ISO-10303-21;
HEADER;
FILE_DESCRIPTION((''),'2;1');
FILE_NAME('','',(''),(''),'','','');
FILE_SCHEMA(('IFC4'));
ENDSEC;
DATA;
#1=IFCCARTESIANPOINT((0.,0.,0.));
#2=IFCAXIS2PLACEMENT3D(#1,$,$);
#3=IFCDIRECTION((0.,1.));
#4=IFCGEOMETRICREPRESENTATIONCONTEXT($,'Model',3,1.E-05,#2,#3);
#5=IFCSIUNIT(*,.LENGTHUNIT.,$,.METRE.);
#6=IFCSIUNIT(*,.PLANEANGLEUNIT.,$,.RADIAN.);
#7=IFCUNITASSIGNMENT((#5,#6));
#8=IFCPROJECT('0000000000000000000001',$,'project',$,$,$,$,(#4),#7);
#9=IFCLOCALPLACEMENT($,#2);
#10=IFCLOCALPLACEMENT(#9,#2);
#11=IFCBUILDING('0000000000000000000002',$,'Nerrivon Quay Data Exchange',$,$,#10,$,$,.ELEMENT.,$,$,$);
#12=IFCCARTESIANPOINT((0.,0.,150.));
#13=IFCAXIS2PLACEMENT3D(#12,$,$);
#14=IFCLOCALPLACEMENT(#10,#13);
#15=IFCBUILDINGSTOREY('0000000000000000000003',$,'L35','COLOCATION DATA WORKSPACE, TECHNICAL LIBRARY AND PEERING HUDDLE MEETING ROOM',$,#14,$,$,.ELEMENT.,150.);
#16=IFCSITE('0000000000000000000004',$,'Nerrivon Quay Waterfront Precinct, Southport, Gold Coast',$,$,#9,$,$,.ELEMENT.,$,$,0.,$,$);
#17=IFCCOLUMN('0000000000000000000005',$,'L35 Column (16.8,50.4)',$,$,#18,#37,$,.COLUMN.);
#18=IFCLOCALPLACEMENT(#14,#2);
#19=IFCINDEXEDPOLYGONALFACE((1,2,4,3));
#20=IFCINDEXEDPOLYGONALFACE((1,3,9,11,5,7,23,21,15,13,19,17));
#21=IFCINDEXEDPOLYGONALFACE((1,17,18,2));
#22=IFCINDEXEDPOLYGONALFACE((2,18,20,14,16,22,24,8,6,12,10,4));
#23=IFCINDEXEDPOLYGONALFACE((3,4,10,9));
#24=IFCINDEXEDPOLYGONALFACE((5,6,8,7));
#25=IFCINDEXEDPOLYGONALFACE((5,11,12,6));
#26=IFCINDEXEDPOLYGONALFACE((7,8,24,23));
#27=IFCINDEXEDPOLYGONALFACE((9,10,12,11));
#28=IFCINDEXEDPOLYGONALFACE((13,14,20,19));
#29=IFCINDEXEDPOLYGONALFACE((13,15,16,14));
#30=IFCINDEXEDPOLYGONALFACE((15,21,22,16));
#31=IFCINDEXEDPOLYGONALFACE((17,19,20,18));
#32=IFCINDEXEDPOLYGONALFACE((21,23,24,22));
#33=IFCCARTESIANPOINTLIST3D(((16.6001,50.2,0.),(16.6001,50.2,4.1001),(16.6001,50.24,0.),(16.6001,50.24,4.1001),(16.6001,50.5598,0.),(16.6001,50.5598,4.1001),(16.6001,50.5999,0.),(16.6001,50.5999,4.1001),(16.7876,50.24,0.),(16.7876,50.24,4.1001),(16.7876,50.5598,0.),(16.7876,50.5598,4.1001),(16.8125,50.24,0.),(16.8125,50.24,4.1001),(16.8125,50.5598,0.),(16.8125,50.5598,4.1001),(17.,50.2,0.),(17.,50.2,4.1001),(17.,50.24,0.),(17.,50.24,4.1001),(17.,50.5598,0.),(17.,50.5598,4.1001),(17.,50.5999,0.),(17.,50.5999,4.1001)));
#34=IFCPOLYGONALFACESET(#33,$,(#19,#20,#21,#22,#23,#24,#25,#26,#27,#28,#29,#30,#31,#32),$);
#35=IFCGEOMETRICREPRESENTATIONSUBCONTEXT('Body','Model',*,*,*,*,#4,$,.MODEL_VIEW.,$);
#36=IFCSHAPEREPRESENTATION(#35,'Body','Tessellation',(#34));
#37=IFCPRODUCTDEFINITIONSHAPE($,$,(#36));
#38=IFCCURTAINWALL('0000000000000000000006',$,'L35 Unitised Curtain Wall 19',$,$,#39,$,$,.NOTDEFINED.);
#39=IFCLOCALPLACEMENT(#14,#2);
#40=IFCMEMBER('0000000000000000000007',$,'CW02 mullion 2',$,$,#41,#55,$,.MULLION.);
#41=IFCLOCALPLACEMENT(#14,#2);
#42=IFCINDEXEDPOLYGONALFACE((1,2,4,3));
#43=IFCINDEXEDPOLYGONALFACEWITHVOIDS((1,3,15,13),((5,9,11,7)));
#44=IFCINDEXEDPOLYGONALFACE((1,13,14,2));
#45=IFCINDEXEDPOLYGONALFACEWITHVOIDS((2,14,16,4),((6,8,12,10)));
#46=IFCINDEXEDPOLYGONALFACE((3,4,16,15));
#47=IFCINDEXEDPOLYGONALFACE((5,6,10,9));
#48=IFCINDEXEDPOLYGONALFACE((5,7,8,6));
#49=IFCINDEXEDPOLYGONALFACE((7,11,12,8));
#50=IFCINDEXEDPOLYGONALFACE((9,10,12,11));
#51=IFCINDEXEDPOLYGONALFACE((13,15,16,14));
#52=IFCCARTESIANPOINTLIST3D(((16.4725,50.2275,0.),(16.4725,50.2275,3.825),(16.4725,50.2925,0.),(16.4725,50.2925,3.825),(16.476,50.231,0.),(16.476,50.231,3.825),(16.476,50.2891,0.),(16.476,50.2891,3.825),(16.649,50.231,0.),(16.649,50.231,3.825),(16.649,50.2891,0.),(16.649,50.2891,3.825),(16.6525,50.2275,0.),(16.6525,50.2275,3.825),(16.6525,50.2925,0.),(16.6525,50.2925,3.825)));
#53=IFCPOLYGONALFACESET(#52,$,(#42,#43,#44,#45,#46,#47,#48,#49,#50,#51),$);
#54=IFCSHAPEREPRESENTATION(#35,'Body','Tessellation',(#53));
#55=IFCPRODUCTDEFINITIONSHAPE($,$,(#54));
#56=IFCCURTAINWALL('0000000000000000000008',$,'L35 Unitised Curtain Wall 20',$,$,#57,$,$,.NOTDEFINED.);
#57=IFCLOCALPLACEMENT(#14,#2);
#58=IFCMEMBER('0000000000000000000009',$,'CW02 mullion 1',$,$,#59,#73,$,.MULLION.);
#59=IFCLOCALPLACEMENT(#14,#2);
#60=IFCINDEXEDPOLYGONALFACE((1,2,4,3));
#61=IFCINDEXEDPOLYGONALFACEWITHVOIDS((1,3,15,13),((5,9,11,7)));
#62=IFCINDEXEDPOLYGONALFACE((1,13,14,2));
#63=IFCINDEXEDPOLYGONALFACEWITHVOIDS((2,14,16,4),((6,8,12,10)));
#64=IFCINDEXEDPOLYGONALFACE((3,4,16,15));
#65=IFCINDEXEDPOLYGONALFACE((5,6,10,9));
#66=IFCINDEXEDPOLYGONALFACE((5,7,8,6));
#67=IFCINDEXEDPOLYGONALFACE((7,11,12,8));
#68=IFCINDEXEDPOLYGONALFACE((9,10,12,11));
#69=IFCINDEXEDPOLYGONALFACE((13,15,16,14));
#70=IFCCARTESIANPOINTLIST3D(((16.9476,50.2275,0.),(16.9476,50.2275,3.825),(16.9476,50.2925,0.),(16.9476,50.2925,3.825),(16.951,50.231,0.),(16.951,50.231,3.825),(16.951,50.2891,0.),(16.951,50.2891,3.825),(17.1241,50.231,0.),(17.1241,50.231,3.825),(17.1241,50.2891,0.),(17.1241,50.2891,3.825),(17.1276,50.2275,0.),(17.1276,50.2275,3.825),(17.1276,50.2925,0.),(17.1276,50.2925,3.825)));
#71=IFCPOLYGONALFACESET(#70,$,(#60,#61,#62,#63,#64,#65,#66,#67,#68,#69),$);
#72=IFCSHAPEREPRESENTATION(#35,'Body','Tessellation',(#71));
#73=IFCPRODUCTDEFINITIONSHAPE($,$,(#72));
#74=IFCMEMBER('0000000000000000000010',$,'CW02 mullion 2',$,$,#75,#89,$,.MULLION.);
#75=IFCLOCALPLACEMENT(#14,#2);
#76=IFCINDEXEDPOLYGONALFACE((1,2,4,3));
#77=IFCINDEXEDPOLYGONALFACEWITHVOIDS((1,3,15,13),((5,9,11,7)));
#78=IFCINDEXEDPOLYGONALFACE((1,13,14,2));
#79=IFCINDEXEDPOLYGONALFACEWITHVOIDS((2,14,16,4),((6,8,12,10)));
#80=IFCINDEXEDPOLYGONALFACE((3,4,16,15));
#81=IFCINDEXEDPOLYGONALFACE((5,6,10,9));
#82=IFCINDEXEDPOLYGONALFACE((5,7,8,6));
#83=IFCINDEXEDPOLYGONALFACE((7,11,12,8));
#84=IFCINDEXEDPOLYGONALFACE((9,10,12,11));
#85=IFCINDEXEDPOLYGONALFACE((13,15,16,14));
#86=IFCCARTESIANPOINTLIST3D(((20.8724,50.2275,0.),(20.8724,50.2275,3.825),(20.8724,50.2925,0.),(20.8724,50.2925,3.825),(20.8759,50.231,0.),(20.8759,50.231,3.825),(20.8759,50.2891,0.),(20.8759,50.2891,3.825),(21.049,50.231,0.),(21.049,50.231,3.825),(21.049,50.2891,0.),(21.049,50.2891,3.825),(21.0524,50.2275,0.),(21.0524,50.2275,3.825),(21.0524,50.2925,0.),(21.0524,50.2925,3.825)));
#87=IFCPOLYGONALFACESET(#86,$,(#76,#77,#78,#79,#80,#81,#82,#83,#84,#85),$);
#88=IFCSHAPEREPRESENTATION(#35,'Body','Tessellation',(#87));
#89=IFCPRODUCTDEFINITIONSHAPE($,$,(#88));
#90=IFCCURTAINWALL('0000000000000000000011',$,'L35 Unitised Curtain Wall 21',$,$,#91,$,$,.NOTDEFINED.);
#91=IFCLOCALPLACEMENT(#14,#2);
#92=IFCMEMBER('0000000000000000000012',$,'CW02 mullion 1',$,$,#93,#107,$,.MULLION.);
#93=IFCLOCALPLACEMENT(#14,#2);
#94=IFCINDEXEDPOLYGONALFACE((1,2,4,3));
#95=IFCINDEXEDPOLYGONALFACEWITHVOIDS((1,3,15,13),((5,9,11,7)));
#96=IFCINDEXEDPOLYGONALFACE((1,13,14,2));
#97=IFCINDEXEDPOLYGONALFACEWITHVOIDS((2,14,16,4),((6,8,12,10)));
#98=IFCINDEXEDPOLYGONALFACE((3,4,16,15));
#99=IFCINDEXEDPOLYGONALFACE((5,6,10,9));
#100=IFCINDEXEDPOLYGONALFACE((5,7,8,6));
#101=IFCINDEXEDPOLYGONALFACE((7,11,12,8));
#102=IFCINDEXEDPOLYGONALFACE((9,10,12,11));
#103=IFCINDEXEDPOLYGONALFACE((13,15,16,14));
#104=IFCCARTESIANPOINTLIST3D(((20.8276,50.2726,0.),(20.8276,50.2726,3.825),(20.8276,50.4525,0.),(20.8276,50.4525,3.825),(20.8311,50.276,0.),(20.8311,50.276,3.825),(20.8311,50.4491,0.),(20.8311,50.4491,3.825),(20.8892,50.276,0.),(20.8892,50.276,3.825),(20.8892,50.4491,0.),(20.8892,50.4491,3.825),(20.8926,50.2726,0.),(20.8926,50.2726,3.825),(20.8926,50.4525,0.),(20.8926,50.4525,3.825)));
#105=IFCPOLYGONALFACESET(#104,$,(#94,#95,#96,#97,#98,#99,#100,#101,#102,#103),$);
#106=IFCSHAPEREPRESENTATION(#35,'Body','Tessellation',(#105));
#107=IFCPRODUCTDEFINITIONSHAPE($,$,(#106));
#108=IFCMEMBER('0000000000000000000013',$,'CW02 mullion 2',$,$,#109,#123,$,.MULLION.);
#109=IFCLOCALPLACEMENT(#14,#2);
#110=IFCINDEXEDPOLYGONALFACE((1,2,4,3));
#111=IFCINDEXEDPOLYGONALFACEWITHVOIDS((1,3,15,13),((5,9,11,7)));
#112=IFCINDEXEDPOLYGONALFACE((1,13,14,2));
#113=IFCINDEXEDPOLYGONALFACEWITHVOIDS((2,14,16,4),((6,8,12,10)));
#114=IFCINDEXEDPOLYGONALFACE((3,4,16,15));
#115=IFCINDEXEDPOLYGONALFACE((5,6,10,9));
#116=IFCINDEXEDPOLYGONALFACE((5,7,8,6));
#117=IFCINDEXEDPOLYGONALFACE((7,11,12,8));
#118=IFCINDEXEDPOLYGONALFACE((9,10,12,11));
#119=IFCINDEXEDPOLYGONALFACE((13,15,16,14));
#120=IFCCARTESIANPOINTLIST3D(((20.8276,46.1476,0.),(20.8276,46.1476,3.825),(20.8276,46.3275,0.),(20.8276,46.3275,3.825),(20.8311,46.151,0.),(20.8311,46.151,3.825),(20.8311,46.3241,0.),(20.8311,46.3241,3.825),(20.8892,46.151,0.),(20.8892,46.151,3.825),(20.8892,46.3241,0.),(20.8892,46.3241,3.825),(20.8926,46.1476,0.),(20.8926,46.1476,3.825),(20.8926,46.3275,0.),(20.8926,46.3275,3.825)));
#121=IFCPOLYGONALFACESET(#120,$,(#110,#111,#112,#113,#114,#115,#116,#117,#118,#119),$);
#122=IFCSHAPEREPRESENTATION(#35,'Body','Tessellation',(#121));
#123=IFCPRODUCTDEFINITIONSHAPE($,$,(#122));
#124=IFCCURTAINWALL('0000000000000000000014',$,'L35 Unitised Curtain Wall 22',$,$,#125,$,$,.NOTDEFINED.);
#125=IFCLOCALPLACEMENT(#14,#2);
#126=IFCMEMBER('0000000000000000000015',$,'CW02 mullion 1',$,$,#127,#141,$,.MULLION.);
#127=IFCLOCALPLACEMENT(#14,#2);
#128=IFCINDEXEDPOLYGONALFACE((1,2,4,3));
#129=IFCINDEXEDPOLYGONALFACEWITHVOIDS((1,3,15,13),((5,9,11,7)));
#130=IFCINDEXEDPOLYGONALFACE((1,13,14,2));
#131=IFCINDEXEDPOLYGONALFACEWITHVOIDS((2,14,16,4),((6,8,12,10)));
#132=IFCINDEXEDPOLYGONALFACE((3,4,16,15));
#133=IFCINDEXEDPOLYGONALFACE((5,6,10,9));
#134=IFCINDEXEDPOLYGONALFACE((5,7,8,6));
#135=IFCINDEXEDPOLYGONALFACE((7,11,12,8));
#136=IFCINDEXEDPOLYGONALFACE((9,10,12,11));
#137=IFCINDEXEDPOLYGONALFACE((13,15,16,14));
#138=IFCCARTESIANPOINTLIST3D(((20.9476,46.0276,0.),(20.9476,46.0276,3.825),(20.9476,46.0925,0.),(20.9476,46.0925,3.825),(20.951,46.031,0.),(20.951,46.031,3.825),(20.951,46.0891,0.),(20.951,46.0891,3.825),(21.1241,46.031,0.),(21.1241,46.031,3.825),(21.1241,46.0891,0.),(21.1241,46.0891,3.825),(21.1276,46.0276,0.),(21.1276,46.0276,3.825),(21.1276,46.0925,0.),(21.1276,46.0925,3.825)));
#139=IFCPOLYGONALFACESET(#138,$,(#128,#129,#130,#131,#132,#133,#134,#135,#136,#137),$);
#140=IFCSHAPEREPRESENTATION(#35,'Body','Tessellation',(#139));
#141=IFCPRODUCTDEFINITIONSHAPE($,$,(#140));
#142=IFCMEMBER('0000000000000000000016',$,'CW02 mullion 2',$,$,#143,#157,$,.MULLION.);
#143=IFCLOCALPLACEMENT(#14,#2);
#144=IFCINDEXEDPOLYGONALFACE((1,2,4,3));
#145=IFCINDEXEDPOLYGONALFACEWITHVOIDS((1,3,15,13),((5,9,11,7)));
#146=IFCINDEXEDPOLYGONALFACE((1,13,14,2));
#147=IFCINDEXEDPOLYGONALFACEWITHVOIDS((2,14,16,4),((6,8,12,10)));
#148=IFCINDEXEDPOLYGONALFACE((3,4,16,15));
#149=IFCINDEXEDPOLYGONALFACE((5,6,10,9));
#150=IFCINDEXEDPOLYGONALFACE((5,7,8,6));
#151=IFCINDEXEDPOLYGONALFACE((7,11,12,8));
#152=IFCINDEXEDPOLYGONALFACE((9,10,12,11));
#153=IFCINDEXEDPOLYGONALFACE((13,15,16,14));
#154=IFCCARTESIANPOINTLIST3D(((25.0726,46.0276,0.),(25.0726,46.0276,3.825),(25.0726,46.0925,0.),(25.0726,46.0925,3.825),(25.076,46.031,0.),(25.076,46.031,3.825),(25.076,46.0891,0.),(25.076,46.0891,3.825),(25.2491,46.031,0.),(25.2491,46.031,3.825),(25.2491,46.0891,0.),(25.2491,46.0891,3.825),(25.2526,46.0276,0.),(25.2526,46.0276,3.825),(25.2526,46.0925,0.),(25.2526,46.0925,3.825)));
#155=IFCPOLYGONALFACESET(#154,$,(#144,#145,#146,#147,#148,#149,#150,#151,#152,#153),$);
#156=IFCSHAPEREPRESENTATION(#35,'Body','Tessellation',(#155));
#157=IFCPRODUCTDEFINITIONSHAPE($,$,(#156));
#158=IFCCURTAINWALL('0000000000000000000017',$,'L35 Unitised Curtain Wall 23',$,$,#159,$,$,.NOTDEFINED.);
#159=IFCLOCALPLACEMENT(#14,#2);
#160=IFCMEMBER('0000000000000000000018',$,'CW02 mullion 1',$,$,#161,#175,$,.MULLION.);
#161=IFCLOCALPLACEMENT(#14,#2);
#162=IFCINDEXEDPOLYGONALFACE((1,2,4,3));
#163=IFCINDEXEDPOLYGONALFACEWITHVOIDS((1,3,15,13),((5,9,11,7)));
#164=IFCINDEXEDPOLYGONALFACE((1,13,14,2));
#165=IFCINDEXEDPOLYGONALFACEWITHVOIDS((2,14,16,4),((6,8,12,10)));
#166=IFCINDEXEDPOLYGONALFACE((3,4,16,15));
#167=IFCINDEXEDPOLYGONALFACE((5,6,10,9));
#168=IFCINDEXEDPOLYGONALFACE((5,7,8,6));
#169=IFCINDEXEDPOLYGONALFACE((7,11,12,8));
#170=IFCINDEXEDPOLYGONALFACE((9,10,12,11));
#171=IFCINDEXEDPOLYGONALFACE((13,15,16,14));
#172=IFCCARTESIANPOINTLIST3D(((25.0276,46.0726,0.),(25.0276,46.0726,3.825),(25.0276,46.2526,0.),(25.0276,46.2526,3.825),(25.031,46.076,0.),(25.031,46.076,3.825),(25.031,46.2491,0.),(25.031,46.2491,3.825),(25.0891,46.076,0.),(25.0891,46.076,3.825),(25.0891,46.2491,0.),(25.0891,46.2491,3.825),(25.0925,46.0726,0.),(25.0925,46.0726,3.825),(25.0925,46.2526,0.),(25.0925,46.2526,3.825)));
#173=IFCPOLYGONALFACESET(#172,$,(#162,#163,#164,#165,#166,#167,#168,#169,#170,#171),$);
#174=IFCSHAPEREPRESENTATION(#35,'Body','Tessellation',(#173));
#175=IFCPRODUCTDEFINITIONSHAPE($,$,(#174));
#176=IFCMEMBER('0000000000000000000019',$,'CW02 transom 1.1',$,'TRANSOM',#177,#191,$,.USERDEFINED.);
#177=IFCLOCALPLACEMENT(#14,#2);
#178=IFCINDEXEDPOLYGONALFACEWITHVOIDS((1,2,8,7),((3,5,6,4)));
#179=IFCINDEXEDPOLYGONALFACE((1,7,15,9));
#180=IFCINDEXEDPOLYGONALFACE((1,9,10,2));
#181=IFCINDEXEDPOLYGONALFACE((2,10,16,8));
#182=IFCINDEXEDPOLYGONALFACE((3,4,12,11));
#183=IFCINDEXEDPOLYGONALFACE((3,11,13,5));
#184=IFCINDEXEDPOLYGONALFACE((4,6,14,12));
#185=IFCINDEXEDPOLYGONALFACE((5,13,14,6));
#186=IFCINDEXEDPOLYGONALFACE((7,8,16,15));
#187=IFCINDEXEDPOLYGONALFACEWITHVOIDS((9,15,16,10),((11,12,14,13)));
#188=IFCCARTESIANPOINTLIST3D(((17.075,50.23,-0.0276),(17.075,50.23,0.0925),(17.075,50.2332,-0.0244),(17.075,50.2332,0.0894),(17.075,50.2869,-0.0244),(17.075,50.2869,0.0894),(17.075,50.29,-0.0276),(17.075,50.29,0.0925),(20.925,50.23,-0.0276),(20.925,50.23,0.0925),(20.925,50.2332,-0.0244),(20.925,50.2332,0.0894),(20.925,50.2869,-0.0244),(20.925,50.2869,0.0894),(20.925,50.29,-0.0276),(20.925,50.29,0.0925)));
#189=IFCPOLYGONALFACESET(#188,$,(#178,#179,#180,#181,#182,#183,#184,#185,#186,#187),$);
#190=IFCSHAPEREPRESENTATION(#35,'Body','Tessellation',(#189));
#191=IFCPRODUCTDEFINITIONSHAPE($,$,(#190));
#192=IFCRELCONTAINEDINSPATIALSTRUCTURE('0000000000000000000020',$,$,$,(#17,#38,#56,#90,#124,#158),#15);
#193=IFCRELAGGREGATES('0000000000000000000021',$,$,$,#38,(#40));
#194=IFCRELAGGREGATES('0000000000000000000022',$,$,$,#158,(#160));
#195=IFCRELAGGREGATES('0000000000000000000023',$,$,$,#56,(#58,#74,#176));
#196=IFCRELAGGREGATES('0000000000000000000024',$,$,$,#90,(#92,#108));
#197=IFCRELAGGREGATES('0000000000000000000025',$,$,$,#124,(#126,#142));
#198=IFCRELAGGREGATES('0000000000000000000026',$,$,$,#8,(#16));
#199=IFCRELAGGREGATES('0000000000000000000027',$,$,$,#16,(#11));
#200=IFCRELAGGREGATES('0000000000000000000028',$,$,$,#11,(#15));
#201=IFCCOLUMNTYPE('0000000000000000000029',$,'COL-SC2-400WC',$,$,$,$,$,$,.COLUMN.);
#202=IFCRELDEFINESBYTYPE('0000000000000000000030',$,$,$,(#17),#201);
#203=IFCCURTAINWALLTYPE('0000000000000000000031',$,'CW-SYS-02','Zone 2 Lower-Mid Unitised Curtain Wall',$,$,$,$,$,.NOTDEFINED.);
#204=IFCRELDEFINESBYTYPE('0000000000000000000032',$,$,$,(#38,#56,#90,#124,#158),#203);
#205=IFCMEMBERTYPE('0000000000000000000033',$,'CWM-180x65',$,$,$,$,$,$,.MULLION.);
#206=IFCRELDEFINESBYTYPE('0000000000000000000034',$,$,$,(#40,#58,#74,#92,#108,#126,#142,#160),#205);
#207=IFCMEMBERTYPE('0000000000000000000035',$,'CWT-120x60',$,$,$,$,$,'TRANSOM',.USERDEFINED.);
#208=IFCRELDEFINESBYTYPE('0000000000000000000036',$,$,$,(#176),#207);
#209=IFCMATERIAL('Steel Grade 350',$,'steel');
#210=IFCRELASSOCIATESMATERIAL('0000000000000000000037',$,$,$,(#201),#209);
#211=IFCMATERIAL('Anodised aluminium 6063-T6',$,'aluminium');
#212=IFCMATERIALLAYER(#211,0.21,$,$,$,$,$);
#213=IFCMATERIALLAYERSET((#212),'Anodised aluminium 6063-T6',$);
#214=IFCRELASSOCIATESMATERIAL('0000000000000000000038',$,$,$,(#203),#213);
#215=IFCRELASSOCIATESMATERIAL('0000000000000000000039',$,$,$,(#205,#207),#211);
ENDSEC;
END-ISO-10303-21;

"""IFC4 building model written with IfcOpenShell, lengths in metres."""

from ifc_helpers import new_model, si_unit, direction, frame, origin, origin_2d, place, context, subcontext, project, spatial, hollow_rectangle, i_section, extrude, material, layer, layer_set, material_profile, profile_set, type_object, element, aggregate, save


model = new_model("IFC4")

# Units and contexts
model_context = context("Model", 3, precision=1e-05, world=origin(), true_north=direction((0.0, 1.0)))
body_context = subcontext(model_context, "Body", "Model", "MODEL_VIEW")
ifc_project = project(units=[si_unit("LENGTHUNIT", "METRE"), si_unit("PLANEANGLEUNIT", "RADIAN")], contexts=[model_context])

# Site, building, storey
site_placement = place(None, origin())
site = spatial("IfcSite", under=ifc_project, at=site_placement, Name="Nerrivon Quay Waterfront Precinct, Southport, Gold Coast", CompositionType="ELEMENT", RefElevation=0.0)
building_placement = place(site_placement, origin())
building = spatial("IfcBuilding", under=site, at=building_placement, Name="Nerrivon Quay Data Exchange", CompositionType="ELEMENT")
storey_placement = place(building_placement, frame((0.0, 0.0, 150.0)))
storey = spatial("IfcBuildingStorey", under=building, at=storey_placement, Name="L35", Description="COLOCATION DATA WORKSPACE, TECHNICAL LIBRARY AND PEERING HUDDLE MEETING ROOM", CompositionType="ELEMENT", Elevation=150.0)

# Column
ifc_material_1 = material(Name="Steel Grade 350", Category="steel")
ifc_material_profile_1 = material_profile(ifc_material_1, i_section(OverallWidth=0.3999, OverallDepth=0.3999, WebThickness=0.0249, FlangeThickness=0.04, at=origin_2d()), Name="400WC328")
ifc_profile_set_1 = profile_set([ifc_material_profile_1], Name="Steel Grade 350")
column_type = type_object("IfcColumnType", Name="COL-SC2-400WC", PredefinedType="COLUMN", material=ifc_profile_set_1)
column_placement = place(storey_placement, frame((16.8, 50.3999, 0.0), z_axis=(0.0, 0.0, 1.0), x_axis=(1.0, 0.0, 0.0)))
element("IfcColumn", 1, at=column_placement, inside=storey, type_object=column_type, Name="L35 Column (16.8,50.4)", PredefinedType="COLUMN", context=body_context, shape_type="SweptSolid", body=[
    extrude(i_section(OverallWidth=0.3999, OverallDepth=0.3999, WebThickness=0.0249, FlangeThickness=0.04, at=origin_2d()), origin(), (0.0, 0.0, 1.0), 4.1001),
])

# Curtain wall, member
ifc_material_2 = material(Name="Anodised aluminium 6063-T6", Category="aluminium")
ifc_layer_1 = layer(ifc_material_2, 0.21)
ifc_layer_set_1 = layer_set([ifc_layer_1], Name="Anodised aluminium 6063-T6")
curtain_wall_type = type_object("IfcCurtainWallType", Name="CW-SYS-02", Description="Zone 2 Lower-Mid Unitised Curtain Wall", PredefinedType="NOTDEFINED", material=ifc_layer_set_1)
curtain_wall_1_placement = place(storey_placement, origin())
curtain_wall_1 = element("IfcCurtainWall", 2, at=curtain_wall_1_placement, inside=storey, type_object=curtain_wall_type, Name="L35 Unitised Curtain Wall 19", PredefinedType="NOTDEFINED")
ifc_material_profile_2 = material_profile(ifc_material_2, hollow_rectangle(XDim=0.0649, YDim=0.1799, WallThickness=0.0034, at=origin_2d()), Name="ALU-MULL-180x65")
ifc_profile_set_2 = profile_set([ifc_material_profile_2], Name="Anodised aluminium 6063-T6")
member_type_1 = type_object("IfcMemberType", Name="CWM-180x65", PredefinedType="MULLION", material=ifc_profile_set_2)
member_1_placement = place(storey_placement, frame((16.5625, 50.26, 0.0), z_axis=(0.0, 0.0, 1.0), x_axis=(0.0, 1.0, 0.0)))
member_1 = element("IfcMember", 3, at=member_1_placement, type_object=member_type_1, Name="CW02 mullion 2", PredefinedType="MULLION", context=body_context, shape_type="SweptSolid", body=[
    extrude(hollow_rectangle(XDim=0.0649, YDim=0.1799, WallThickness=0.0034, at=origin_2d()), origin(), (0.0, 0.0, 1.0), 3.825),
])
aggregate(curtain_wall_1, [member_1])

# Curtain walls, members
curtain_wall_2_placement = place(storey_placement, origin())
curtain_wall_2 = element("IfcCurtainWall", 4, at=curtain_wall_2_placement, inside=storey, type_object=curtain_wall_type, Name="L35 Unitised Curtain Wall 20", PredefinedType="NOTDEFINED")
member_2_placement = place(storey_placement, frame((17.0376, 50.26, 0.0), z_axis=(0.0, 0.0, 1.0), x_axis=(0.0, 1.0, 0.0)))
member_2 = element("IfcMember", 5, at=member_2_placement, type_object=member_type_1, Name="CW02 mullion 1", PredefinedType="MULLION", context=body_context, shape_type="SweptSolid", body=[
    extrude(hollow_rectangle(XDim=0.0649, YDim=0.1799, WallThickness=0.0034, at=origin_2d()), origin(), (0.0, 0.0, 1.0), 3.825),
])
member_3_placement = place(storey_placement, frame((20.9624, 50.26, 0.0), z_axis=(0.0, 0.0, 1.0), x_axis=(0.0, 1.0, 0.0)))
member_3 = element("IfcMember", 6, at=member_3_placement, type_object=member_type_1, Name="CW02 mullion 2", PredefinedType="MULLION", context=body_context, shape_type="SweptSolid", body=[
    extrude(hollow_rectangle(XDim=0.0649, YDim=0.1799, WallThickness=0.0034, at=origin_2d()), origin(), (0.0, 0.0, 1.0), 3.825),
])
curtain_wall_3_placement = place(storey_placement, origin())
curtain_wall_3 = element("IfcCurtainWall", 7, at=curtain_wall_3_placement, inside=storey, type_object=curtain_wall_type, Name="L35 Unitised Curtain Wall 21", PredefinedType="NOTDEFINED")
member_4_placement = place(storey_placement, frame((20.8601, 50.3625, 0.0), z_axis=(0.0, 0.0, 1.0), x_axis=(1.0, 0.0, 0.0)))
member_4 = element("IfcMember", 8, at=member_4_placement, type_object=member_type_1, Name="CW02 mullion 1", PredefinedType="MULLION", context=body_context, shape_type="SweptSolid", body=[
    extrude(hollow_rectangle(XDim=0.0649, YDim=0.1799, WallThickness=0.0034, at=origin_2d()), origin(), (0.0, 0.0, 1.0), 3.825),
])
member_5_placement = place(storey_placement, frame((20.8601, 46.2375, 0.0), z_axis=(0.0, 0.0, 1.0), x_axis=(1.0, 0.0, 0.0)))
member_5 = element("IfcMember", 9, at=member_5_placement, type_object=member_type_1, Name="CW02 mullion 2", PredefinedType="MULLION", context=body_context, shape_type="SweptSolid", body=[
    extrude(hollow_rectangle(XDim=0.0649, YDim=0.1799, WallThickness=0.0034, at=origin_2d()), origin(), (0.0, 0.0, 1.0), 3.825),
])
curtain_wall_4_placement = place(storey_placement, origin())
curtain_wall_4 = element("IfcCurtainWall", 10, at=curtain_wall_4_placement, inside=storey, type_object=curtain_wall_type, Name="L35 Unitised Curtain Wall 22", PredefinedType="NOTDEFINED")
member_6_placement = place(storey_placement, frame((21.0376, 46.0601, 0.0), z_axis=(0.0, 0.0, 1.0), x_axis=(0.0, 1.0, 0.0)))
member_6 = element("IfcMember", 11, at=member_6_placement, type_object=member_type_1, Name="CW02 mullion 1", PredefinedType="MULLION", context=body_context, shape_type="SweptSolid", body=[
    extrude(hollow_rectangle(XDim=0.0649, YDim=0.1799, WallThickness=0.0034, at=origin_2d()), origin(), (0.0, 0.0, 1.0), 3.825),
])
member_7_placement = place(storey_placement, frame((25.1626, 46.0601, 0.0), z_axis=(0.0, 0.0, 1.0), x_axis=(0.0, 1.0, 0.0)))
member_7 = element("IfcMember", 12, at=member_7_placement, type_object=member_type_1, Name="CW02 mullion 2", PredefinedType="MULLION", context=body_context, shape_type="SweptSolid", body=[
    extrude(hollow_rectangle(XDim=0.0649, YDim=0.1799, WallThickness=0.0034, at=origin_2d()), origin(), (0.0, 0.0, 1.0), 3.825),
])

# Curtain wall, member
curtain_wall_5_placement = place(storey_placement, origin())
curtain_wall_5 = element("IfcCurtainWall", 13, at=curtain_wall_5_placement, inside=storey, type_object=curtain_wall_type, Name="L35 Unitised Curtain Wall 23", PredefinedType="NOTDEFINED")
member_8_placement = place(storey_placement, frame((25.0601, 46.1626, 0.0), z_axis=(0.0, 0.0, 1.0), x_axis=(1.0, 0.0, 0.0)))
member_8 = element("IfcMember", 14, at=member_8_placement, type_object=member_type_1, Name="CW02 mullion 1", PredefinedType="MULLION", context=body_context, shape_type="SweptSolid", body=[
    extrude(hollow_rectangle(XDim=0.0649, YDim=0.1799, WallThickness=0.0034, at=origin_2d()), origin(), (0.0, 0.0, 1.0), 3.825),
])

# Member
ifc_material_profile_3 = material_profile(ifc_material_2, hollow_rectangle(XDim=0.0601, YDim=0.1201, WallThickness=0.0032, at=origin_2d()), Name="ALU-TRAN-120x60")
ifc_profile_set_3 = profile_set([ifc_material_profile_3], Name="Anodised aluminium 6063-T6")
member_type_2 = type_object("IfcMemberType", Name="CWT-120x60", ElementType="TRANSOM", PredefinedType="USERDEFINED", material=ifc_profile_set_3)
member_9_placement = place(storey_placement, frame((17.075, 50.26, 0.0325), z_axis=(1.0, 0.0, 0.0), x_axis=(0.0, 1.0, 0.0)))
member_9 = element("IfcMember", 15, at=member_9_placement, type_object=member_type_2, Name="CW02 transom 1.1", ObjectType="TRANSOM", PredefinedType="USERDEFINED", context=body_context, shape_type="SweptSolid", body=[
    extrude(hollow_rectangle(XDim=0.0601, YDim=0.1201, WallThickness=0.0032, at=origin_2d()), origin(), (0.0, 0.0, 1.0), 3.8501),
])
aggregate(curtain_wall_5, [member_8])

aggregate(curtain_wall_2, [member_2, member_3, member_9])
aggregate(curtain_wall_3, [member_4, member_5])
aggregate(curtain_wall_4, [member_6, member_7])

save(model, "model.ifc")
